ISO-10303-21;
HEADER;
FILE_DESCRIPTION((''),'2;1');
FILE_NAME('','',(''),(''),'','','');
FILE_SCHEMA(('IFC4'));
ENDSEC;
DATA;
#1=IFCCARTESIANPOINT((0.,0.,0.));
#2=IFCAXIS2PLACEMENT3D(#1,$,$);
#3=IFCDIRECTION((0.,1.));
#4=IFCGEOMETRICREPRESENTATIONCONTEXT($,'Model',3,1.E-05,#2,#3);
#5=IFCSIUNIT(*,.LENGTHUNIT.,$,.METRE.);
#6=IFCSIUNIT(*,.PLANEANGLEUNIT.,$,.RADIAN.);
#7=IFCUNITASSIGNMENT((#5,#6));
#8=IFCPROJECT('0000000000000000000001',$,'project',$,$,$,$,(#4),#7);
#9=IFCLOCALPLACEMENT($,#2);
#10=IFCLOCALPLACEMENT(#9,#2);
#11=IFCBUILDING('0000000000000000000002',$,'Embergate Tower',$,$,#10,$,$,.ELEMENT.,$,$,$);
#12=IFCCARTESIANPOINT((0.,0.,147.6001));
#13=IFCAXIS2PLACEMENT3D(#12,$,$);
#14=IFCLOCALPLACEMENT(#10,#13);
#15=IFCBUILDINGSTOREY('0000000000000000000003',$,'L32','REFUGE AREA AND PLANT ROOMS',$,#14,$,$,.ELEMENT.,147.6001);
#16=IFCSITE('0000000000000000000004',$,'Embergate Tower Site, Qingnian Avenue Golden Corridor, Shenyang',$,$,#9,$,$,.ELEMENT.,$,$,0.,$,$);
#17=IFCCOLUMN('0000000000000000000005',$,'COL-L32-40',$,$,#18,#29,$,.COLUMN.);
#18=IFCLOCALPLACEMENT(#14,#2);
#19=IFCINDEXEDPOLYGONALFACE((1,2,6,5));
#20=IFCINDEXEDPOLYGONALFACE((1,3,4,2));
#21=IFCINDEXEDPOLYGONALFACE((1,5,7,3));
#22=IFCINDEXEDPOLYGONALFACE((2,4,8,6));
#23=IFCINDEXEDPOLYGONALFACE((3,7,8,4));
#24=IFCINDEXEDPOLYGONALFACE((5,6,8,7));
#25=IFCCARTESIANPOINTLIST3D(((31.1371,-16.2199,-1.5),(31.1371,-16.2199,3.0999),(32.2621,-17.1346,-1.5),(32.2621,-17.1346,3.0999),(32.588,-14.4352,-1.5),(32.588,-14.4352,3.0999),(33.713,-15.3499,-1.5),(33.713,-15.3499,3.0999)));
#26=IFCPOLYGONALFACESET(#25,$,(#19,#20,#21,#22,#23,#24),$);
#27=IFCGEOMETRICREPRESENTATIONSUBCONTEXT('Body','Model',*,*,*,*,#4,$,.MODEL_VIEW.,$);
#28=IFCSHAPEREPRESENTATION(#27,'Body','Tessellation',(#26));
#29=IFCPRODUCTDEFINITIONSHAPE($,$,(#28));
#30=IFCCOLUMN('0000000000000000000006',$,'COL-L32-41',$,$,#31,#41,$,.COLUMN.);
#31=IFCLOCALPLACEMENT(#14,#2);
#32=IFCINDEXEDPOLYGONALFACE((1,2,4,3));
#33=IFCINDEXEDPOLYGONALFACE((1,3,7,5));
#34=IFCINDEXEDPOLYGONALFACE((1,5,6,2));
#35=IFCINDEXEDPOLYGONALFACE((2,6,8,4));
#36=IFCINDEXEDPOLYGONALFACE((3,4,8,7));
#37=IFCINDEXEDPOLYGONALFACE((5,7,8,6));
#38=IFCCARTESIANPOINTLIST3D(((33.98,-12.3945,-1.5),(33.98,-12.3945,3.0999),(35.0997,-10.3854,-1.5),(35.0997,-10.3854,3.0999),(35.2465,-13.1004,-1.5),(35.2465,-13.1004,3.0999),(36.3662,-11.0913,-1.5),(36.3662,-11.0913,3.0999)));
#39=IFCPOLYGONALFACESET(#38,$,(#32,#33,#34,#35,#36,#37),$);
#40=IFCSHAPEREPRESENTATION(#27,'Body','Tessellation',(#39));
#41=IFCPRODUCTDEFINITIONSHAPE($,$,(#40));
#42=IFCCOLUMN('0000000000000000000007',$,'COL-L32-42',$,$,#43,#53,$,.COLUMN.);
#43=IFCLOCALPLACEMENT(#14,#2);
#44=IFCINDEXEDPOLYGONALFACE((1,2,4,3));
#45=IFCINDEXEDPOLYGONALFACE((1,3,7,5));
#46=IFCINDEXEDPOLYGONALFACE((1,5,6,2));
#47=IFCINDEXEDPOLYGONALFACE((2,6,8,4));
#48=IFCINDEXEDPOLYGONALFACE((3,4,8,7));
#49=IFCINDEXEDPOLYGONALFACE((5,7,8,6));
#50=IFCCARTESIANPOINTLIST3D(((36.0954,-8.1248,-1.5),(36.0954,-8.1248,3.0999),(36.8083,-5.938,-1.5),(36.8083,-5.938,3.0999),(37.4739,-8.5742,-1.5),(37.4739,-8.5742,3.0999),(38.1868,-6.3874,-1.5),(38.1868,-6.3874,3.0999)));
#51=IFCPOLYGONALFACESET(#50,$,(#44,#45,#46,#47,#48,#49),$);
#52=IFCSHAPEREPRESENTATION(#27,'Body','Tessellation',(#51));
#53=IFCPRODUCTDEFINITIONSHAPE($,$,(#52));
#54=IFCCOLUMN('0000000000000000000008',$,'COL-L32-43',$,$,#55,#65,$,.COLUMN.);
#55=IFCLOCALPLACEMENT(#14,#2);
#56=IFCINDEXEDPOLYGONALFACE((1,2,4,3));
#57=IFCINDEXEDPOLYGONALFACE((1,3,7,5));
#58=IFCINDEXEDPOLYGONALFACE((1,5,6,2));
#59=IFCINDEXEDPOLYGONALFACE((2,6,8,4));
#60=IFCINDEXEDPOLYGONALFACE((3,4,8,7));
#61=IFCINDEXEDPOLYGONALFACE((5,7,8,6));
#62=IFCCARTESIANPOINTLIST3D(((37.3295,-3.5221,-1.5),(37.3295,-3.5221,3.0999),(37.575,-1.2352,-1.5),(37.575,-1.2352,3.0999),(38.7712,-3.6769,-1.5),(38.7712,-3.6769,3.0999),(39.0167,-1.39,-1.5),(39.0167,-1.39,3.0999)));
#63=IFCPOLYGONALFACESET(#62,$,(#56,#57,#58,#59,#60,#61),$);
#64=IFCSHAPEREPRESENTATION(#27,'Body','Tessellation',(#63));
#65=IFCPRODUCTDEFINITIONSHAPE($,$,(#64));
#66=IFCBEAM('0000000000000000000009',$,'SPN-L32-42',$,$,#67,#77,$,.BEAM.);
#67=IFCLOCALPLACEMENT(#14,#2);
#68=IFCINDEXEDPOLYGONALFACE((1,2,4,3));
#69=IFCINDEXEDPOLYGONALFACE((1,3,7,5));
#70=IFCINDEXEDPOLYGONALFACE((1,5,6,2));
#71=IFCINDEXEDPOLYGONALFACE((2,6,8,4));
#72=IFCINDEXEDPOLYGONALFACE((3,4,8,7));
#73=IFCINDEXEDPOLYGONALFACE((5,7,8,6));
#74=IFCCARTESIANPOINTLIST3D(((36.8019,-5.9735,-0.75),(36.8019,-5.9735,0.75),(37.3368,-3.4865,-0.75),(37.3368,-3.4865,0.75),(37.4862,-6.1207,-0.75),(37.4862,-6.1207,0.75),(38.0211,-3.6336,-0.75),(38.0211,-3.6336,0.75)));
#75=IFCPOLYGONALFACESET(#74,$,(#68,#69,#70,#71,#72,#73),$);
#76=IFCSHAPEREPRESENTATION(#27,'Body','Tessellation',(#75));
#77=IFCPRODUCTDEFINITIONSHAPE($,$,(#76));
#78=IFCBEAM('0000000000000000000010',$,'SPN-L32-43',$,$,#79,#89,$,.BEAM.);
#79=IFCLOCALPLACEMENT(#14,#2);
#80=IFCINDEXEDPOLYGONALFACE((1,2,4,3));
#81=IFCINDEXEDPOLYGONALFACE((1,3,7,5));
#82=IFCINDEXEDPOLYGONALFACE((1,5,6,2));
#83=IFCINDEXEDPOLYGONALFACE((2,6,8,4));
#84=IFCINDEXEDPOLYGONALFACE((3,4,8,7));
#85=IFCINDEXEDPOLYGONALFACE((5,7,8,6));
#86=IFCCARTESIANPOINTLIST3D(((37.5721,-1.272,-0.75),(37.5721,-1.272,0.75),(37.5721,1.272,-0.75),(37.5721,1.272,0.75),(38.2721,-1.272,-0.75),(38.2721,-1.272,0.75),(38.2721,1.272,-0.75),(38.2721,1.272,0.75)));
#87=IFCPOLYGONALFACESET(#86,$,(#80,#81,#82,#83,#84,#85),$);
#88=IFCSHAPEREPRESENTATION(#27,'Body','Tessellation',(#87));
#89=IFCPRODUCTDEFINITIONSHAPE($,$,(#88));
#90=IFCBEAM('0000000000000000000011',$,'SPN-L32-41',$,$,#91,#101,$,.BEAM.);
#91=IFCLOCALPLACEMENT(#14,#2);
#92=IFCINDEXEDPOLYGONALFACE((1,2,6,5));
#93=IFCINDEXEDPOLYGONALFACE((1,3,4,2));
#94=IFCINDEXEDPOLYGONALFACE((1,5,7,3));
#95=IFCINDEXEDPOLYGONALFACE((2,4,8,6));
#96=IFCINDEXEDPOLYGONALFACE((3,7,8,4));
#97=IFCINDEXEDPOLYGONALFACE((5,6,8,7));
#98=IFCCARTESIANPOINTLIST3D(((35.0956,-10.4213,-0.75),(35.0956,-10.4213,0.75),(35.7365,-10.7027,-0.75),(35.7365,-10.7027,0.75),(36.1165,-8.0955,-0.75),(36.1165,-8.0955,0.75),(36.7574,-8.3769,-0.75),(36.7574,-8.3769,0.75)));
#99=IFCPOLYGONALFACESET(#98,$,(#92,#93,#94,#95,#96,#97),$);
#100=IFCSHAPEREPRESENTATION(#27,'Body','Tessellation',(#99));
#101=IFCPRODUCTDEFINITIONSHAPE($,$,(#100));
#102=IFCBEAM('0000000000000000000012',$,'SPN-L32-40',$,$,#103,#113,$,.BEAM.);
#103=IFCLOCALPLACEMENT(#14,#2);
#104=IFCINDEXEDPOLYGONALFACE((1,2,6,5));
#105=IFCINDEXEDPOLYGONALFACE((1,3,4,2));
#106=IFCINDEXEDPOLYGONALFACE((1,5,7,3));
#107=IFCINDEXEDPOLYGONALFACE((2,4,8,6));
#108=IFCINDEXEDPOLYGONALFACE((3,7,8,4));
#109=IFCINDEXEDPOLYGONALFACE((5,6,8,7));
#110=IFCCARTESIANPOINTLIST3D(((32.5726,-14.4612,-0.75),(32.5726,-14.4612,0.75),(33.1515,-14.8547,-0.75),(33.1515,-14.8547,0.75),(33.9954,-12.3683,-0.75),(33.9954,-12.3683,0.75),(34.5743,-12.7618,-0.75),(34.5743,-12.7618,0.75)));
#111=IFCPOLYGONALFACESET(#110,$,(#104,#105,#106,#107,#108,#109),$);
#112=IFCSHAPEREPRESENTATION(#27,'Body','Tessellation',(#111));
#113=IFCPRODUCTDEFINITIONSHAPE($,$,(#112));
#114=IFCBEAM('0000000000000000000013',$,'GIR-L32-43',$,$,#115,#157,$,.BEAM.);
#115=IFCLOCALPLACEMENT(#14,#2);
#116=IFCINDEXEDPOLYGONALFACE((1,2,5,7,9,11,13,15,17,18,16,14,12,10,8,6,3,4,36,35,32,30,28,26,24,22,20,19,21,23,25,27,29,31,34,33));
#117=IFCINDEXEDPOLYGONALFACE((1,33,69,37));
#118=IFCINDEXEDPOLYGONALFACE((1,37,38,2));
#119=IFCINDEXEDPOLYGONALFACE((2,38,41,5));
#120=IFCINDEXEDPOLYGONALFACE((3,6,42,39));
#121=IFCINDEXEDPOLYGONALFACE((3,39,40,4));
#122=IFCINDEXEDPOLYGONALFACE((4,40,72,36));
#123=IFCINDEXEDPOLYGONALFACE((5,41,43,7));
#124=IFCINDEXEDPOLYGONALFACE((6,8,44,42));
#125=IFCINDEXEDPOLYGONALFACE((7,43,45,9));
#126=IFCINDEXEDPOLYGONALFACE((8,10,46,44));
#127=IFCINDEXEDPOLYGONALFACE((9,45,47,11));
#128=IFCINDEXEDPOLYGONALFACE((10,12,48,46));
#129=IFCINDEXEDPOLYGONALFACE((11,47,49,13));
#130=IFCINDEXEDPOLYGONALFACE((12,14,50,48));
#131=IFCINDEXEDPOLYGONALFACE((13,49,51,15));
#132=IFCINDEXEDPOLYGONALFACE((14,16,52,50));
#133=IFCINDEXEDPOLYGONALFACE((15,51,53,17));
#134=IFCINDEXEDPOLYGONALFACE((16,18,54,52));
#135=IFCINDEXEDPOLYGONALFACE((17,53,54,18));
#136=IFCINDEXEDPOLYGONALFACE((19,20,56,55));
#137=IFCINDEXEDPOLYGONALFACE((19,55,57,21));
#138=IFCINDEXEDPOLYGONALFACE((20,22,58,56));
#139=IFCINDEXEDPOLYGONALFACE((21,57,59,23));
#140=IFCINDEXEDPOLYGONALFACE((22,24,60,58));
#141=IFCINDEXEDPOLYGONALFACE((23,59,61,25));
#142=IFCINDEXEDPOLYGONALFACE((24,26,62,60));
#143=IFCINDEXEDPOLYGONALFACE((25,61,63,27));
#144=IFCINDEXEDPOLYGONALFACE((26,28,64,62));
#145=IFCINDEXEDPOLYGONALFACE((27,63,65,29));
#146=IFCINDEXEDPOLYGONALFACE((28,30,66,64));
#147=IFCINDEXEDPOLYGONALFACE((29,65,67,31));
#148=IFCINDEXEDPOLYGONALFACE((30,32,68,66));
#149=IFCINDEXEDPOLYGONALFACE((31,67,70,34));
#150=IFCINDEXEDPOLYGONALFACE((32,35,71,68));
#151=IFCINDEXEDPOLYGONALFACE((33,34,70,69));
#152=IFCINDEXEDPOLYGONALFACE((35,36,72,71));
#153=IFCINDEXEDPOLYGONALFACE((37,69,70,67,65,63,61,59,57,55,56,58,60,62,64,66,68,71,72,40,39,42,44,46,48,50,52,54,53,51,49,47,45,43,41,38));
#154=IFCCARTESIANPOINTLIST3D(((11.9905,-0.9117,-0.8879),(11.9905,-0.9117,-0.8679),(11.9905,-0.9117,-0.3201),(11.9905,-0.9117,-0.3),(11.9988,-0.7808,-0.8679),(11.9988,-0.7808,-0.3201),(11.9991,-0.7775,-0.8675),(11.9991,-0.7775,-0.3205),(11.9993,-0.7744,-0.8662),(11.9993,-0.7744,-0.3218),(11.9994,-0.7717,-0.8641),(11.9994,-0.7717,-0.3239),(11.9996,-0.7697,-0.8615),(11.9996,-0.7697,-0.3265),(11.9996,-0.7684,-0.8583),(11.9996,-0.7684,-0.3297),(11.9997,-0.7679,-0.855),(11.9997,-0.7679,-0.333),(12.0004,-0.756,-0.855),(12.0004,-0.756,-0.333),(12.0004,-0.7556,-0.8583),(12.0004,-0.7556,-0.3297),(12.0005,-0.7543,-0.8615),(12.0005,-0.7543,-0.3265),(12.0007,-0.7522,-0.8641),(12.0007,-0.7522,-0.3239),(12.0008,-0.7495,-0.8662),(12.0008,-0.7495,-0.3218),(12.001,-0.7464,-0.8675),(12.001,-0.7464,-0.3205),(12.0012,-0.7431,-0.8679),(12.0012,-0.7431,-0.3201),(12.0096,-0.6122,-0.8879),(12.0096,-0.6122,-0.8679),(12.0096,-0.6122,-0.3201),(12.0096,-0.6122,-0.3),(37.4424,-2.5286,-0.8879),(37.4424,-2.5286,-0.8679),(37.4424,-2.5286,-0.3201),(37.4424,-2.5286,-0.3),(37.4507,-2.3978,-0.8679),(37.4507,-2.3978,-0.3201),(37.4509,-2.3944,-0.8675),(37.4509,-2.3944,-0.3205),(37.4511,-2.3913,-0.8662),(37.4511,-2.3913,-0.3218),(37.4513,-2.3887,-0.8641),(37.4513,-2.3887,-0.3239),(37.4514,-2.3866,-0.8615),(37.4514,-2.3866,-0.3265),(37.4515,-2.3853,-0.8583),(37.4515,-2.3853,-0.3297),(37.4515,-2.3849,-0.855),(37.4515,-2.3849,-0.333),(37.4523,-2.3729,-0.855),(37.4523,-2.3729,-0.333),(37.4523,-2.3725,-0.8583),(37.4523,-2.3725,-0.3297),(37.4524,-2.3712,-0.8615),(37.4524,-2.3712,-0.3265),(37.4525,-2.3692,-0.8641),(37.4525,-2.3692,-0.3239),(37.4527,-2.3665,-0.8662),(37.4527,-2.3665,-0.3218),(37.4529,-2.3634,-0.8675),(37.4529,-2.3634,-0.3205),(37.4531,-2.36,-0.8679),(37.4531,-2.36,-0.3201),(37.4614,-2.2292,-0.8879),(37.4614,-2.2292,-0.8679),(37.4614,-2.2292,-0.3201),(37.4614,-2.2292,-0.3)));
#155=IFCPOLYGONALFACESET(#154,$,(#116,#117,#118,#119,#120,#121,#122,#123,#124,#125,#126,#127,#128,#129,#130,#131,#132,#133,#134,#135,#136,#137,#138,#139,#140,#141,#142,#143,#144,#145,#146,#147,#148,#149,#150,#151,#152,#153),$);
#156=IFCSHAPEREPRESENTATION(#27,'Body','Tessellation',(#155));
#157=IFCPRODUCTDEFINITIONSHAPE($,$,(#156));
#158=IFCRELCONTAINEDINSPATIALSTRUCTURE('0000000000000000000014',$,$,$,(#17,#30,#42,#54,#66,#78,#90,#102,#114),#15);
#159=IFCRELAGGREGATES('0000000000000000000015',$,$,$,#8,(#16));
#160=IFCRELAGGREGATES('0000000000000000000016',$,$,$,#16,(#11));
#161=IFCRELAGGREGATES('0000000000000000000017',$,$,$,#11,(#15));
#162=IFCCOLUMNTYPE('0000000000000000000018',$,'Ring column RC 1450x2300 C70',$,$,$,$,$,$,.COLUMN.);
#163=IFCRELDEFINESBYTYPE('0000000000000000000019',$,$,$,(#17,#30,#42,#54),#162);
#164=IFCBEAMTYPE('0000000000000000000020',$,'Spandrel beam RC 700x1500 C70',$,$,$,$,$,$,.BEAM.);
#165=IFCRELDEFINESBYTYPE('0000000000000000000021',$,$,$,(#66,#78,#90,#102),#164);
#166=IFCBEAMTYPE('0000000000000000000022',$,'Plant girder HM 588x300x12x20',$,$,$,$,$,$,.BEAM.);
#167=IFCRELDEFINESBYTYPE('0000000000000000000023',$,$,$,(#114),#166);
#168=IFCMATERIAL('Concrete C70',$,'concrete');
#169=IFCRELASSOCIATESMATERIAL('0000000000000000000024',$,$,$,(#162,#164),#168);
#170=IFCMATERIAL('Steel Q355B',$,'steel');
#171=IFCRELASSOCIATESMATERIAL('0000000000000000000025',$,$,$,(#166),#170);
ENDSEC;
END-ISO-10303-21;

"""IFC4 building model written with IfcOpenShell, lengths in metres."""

from ifc_helpers import new_model, si_unit, direction, frame, origin, origin_2d, place, context, subcontext, project, spatial, rectangle, i_section, extrude, source, transform, mapped, material, material_profile, profile_set, type_object, element, save


model = new_model("IFC4")

# Units and contexts
model_context = context("Model", 3, precision=1e-05, world=origin(), true_north=direction((0.0, 1.0)))
body_context = subcontext(model_context, "Body", "Model", "MODEL_VIEW")
ifc_project = project(units=[si_unit("LENGTHUNIT", "METRE"), si_unit("PLANEANGLEUNIT", "RADIAN")], contexts=[model_context])

# Site, building, storey
site_placement = place(None, origin())
site = spatial("IfcSite", under=ifc_project, at=site_placement, Name="Embergate Tower Site, Qingnian Avenue Golden Corridor, Shenyang", CompositionType="ELEMENT", RefElevation=0.0)
building_placement = place(site_placement, origin())
building = spatial("IfcBuilding", under=site, at=building_placement, Name="Embergate Tower", CompositionType="ELEMENT")
storey_placement = place(building_placement, frame((0.0, 0.0, 147.6001)))
storey = spatial("IfcBuildingStorey", under=building, at=storey_placement, Name="L32", Description="REFUGE AREA AND PLANT ROOMS", CompositionType="ELEMENT", Elevation=147.6001)

# Columns
ifc_material_1 = material(Name="Concrete C70", Category="concrete")
ifc_material_profile_1 = material_profile(ifc_material_1, rectangle(XDim=1.45, YDim=2.3, at=origin_2d()), Name="RC 1450x2300")
ifc_profile_set_1 = profile_set([ifc_material_profile_1], Name="Concrete C70")
column_type = type_object("IfcColumnType", Name="Ring column RC 1450x2300 C70", PredefinedType="COLUMN", material=ifc_profile_set_1)
shared_shape_1 = source(origin(), body_context, "Body", "SweptSolid", [
    extrude(rectangle(XDim=1.45, YDim=2.3, at=origin_2d()), origin(), (0.0, 0.0, 1.0), 4.5999),
])
for number, where, z_axis, x_axis, name in (
    (1, (32.425, -15.7849, -1.5), (0.0, 0.0, 1.0), (0.775914, -0.630838, 0.0), "COL-L32-40"),
    (2, (35.1731, -11.7429, -1.5), (0.0, 0.0, 1.0), (0.873492, -0.486839, 0.0), "COL-L32-41"),
    (3, (37.1411, -7.2561, -1.5), (0.0, 0.0, 1.0), (0.950754, -0.309946, 0.0), "COL-L32-42"),
    (4, (38.1731, -2.4561, -1.5), (0.0, 0.0, 1.0), (0.994286, -0.10675, 0.0), "COL-L32-43"),
):
    element("IfcColumn", number, at=place(storey_placement, frame(where, z_axis=z_axis, x_axis=x_axis)), inside=storey, type_object=column_type, Name=name, PredefinedType="COLUMN", context=body_context, shape_type="MappedRepresentation", body=[
        mapped(shared_shape_1, transform((0.0, 0.0, 0.0))),
    ])

# Beams
ifc_material_profile_2 = material_profile(ifc_material_1, rectangle(XDim=0.7, YDim=1.5, at=origin_2d()), Name="RC 700x1500")
ifc_profile_set_2 = profile_set([ifc_material_profile_2], Name="Concrete C70")
beam_type_1 = type_object("IfcBeamType", Name="Spandrel beam RC 700x1500 C70", PredefinedType="BEAM", material=ifc_profile_set_2)
shared_shape_2 = source(origin(), body_context, "Body", "SweptSolid", [
    extrude(rectangle(XDim=0.7, YDim=1.5, at=origin_2d()), origin(), (0.0, 0.0, 1.0), 2.5439),
])
for number, where, z_axis, x_axis, name in (
    (5, (37.144, -6.0471, 0.0), (0.21027, 0.977643, 0.0), (-0.977643, 0.21027, 0.0), "SPN-L32-42"),
    (6, (37.9221, -1.272, 0.0), (0.0, 1.0, 0.0), (-1.0, 0.0, 0.0), "SPN-L32-43"),
):
    element("IfcBeam", number, at=place(storey_placement, frame(where, z_axis=z_axis, x_axis=x_axis)), inside=storey, type_object=beam_type_1, Name=name, PredefinedType="BEAM", context=body_context, shape_type="MappedRepresentation", body=[
        mapped(shared_shape_2, transform((0.0, 0.0, 0.0))),
    ])
shared_shape_3 = source(origin(), body_context, "Body", "SweptSolid", [
    extrude(rectangle(XDim=0.7, YDim=1.5, at=origin_2d()), origin(), (0.0, 0.0, 1.0), 2.54),
])
beam_1_placement = place(storey_placement, frame((35.416, -10.562, 0.0), z_axis=(0.401943, 0.915665, 0.0), x_axis=(-0.915665, 0.401943, 0.0)))
element("IfcBeam", 7, at=beam_1_placement, inside=storey, type_object=beam_type_1, Name="SPN-L32-41", PredefinedType="BEAM", context=body_context, shape_type="MappedRepresentation", body=[
    mapped(shared_shape_3, transform((0.0, 0.0, 0.0))),
])
shared_shape_4 = source(origin(), body_context, "Body", "SweptSolid", [
    extrude(rectangle(XDim=0.7, YDim=1.5, at=origin_2d()), origin(), (0.0, 0.0, 1.0), 2.5308),
])
beam_2_placement = place(storey_placement, frame((32.8621, -14.658, 0.0), z_axis=(0.562202, 0.827, 0.0), x_axis=(-0.827, 0.562202, 0.0)))
element("IfcBeam", 8, at=beam_2_placement, inside=storey, type_object=beam_type_1, Name="SPN-L32-40", PredefinedType="BEAM", context=body_context, shape_type="MappedRepresentation", body=[
    mapped(shared_shape_4, transform((0.0, 0.0, 0.0))),
])
ifc_material_2 = material(Name="Steel Q355B", Category="steel")
ifc_material_profile_3 = material_profile(ifc_material_2, i_section(OverallWidth=0.3, OverallDepth=0.5879, WebThickness=0.012, FlangeThickness=0.02, FilletRadius=0.0129, at=origin_2d()), Name="HM 588x300x12x20")
ifc_profile_set_3 = profile_set([ifc_material_profile_3], Name="Steel Q355 grade B")
beam_type_2 = type_object("IfcBeamType", Name="Plant girder HM 588x300x12x20", PredefinedType="BEAM", material=ifc_profile_set_3)
shared_shape_5 = source(origin(), body_context, "Body", "SweptSolid", [
    extrude(i_section(OverallWidth=0.3, OverallDepth=0.5879, WebThickness=0.012, FlangeThickness=0.02, FilletRadius=0.0129, at=origin_2d()), origin(), (0.0, 0.0, 1.0), 25.5032),
])
beam_3_placement = place(storey_placement, frame((37.4519, -2.3789, -0.594), z_axis=(-0.997988, 0.063402, 0.0), x_axis=(-0.063402, -0.997988, 0.0)))
element("IfcBeam", 9, at=beam_3_placement, inside=storey, type_object=beam_type_2, Name="GIR-L32-43", PredefinedType="BEAM", context=body_context, shape_type="MappedRepresentation", body=[
    mapped(shared_shape_5, transform((0.0, 0.0, 0.0))),
])

save(model, "model.ifc")
